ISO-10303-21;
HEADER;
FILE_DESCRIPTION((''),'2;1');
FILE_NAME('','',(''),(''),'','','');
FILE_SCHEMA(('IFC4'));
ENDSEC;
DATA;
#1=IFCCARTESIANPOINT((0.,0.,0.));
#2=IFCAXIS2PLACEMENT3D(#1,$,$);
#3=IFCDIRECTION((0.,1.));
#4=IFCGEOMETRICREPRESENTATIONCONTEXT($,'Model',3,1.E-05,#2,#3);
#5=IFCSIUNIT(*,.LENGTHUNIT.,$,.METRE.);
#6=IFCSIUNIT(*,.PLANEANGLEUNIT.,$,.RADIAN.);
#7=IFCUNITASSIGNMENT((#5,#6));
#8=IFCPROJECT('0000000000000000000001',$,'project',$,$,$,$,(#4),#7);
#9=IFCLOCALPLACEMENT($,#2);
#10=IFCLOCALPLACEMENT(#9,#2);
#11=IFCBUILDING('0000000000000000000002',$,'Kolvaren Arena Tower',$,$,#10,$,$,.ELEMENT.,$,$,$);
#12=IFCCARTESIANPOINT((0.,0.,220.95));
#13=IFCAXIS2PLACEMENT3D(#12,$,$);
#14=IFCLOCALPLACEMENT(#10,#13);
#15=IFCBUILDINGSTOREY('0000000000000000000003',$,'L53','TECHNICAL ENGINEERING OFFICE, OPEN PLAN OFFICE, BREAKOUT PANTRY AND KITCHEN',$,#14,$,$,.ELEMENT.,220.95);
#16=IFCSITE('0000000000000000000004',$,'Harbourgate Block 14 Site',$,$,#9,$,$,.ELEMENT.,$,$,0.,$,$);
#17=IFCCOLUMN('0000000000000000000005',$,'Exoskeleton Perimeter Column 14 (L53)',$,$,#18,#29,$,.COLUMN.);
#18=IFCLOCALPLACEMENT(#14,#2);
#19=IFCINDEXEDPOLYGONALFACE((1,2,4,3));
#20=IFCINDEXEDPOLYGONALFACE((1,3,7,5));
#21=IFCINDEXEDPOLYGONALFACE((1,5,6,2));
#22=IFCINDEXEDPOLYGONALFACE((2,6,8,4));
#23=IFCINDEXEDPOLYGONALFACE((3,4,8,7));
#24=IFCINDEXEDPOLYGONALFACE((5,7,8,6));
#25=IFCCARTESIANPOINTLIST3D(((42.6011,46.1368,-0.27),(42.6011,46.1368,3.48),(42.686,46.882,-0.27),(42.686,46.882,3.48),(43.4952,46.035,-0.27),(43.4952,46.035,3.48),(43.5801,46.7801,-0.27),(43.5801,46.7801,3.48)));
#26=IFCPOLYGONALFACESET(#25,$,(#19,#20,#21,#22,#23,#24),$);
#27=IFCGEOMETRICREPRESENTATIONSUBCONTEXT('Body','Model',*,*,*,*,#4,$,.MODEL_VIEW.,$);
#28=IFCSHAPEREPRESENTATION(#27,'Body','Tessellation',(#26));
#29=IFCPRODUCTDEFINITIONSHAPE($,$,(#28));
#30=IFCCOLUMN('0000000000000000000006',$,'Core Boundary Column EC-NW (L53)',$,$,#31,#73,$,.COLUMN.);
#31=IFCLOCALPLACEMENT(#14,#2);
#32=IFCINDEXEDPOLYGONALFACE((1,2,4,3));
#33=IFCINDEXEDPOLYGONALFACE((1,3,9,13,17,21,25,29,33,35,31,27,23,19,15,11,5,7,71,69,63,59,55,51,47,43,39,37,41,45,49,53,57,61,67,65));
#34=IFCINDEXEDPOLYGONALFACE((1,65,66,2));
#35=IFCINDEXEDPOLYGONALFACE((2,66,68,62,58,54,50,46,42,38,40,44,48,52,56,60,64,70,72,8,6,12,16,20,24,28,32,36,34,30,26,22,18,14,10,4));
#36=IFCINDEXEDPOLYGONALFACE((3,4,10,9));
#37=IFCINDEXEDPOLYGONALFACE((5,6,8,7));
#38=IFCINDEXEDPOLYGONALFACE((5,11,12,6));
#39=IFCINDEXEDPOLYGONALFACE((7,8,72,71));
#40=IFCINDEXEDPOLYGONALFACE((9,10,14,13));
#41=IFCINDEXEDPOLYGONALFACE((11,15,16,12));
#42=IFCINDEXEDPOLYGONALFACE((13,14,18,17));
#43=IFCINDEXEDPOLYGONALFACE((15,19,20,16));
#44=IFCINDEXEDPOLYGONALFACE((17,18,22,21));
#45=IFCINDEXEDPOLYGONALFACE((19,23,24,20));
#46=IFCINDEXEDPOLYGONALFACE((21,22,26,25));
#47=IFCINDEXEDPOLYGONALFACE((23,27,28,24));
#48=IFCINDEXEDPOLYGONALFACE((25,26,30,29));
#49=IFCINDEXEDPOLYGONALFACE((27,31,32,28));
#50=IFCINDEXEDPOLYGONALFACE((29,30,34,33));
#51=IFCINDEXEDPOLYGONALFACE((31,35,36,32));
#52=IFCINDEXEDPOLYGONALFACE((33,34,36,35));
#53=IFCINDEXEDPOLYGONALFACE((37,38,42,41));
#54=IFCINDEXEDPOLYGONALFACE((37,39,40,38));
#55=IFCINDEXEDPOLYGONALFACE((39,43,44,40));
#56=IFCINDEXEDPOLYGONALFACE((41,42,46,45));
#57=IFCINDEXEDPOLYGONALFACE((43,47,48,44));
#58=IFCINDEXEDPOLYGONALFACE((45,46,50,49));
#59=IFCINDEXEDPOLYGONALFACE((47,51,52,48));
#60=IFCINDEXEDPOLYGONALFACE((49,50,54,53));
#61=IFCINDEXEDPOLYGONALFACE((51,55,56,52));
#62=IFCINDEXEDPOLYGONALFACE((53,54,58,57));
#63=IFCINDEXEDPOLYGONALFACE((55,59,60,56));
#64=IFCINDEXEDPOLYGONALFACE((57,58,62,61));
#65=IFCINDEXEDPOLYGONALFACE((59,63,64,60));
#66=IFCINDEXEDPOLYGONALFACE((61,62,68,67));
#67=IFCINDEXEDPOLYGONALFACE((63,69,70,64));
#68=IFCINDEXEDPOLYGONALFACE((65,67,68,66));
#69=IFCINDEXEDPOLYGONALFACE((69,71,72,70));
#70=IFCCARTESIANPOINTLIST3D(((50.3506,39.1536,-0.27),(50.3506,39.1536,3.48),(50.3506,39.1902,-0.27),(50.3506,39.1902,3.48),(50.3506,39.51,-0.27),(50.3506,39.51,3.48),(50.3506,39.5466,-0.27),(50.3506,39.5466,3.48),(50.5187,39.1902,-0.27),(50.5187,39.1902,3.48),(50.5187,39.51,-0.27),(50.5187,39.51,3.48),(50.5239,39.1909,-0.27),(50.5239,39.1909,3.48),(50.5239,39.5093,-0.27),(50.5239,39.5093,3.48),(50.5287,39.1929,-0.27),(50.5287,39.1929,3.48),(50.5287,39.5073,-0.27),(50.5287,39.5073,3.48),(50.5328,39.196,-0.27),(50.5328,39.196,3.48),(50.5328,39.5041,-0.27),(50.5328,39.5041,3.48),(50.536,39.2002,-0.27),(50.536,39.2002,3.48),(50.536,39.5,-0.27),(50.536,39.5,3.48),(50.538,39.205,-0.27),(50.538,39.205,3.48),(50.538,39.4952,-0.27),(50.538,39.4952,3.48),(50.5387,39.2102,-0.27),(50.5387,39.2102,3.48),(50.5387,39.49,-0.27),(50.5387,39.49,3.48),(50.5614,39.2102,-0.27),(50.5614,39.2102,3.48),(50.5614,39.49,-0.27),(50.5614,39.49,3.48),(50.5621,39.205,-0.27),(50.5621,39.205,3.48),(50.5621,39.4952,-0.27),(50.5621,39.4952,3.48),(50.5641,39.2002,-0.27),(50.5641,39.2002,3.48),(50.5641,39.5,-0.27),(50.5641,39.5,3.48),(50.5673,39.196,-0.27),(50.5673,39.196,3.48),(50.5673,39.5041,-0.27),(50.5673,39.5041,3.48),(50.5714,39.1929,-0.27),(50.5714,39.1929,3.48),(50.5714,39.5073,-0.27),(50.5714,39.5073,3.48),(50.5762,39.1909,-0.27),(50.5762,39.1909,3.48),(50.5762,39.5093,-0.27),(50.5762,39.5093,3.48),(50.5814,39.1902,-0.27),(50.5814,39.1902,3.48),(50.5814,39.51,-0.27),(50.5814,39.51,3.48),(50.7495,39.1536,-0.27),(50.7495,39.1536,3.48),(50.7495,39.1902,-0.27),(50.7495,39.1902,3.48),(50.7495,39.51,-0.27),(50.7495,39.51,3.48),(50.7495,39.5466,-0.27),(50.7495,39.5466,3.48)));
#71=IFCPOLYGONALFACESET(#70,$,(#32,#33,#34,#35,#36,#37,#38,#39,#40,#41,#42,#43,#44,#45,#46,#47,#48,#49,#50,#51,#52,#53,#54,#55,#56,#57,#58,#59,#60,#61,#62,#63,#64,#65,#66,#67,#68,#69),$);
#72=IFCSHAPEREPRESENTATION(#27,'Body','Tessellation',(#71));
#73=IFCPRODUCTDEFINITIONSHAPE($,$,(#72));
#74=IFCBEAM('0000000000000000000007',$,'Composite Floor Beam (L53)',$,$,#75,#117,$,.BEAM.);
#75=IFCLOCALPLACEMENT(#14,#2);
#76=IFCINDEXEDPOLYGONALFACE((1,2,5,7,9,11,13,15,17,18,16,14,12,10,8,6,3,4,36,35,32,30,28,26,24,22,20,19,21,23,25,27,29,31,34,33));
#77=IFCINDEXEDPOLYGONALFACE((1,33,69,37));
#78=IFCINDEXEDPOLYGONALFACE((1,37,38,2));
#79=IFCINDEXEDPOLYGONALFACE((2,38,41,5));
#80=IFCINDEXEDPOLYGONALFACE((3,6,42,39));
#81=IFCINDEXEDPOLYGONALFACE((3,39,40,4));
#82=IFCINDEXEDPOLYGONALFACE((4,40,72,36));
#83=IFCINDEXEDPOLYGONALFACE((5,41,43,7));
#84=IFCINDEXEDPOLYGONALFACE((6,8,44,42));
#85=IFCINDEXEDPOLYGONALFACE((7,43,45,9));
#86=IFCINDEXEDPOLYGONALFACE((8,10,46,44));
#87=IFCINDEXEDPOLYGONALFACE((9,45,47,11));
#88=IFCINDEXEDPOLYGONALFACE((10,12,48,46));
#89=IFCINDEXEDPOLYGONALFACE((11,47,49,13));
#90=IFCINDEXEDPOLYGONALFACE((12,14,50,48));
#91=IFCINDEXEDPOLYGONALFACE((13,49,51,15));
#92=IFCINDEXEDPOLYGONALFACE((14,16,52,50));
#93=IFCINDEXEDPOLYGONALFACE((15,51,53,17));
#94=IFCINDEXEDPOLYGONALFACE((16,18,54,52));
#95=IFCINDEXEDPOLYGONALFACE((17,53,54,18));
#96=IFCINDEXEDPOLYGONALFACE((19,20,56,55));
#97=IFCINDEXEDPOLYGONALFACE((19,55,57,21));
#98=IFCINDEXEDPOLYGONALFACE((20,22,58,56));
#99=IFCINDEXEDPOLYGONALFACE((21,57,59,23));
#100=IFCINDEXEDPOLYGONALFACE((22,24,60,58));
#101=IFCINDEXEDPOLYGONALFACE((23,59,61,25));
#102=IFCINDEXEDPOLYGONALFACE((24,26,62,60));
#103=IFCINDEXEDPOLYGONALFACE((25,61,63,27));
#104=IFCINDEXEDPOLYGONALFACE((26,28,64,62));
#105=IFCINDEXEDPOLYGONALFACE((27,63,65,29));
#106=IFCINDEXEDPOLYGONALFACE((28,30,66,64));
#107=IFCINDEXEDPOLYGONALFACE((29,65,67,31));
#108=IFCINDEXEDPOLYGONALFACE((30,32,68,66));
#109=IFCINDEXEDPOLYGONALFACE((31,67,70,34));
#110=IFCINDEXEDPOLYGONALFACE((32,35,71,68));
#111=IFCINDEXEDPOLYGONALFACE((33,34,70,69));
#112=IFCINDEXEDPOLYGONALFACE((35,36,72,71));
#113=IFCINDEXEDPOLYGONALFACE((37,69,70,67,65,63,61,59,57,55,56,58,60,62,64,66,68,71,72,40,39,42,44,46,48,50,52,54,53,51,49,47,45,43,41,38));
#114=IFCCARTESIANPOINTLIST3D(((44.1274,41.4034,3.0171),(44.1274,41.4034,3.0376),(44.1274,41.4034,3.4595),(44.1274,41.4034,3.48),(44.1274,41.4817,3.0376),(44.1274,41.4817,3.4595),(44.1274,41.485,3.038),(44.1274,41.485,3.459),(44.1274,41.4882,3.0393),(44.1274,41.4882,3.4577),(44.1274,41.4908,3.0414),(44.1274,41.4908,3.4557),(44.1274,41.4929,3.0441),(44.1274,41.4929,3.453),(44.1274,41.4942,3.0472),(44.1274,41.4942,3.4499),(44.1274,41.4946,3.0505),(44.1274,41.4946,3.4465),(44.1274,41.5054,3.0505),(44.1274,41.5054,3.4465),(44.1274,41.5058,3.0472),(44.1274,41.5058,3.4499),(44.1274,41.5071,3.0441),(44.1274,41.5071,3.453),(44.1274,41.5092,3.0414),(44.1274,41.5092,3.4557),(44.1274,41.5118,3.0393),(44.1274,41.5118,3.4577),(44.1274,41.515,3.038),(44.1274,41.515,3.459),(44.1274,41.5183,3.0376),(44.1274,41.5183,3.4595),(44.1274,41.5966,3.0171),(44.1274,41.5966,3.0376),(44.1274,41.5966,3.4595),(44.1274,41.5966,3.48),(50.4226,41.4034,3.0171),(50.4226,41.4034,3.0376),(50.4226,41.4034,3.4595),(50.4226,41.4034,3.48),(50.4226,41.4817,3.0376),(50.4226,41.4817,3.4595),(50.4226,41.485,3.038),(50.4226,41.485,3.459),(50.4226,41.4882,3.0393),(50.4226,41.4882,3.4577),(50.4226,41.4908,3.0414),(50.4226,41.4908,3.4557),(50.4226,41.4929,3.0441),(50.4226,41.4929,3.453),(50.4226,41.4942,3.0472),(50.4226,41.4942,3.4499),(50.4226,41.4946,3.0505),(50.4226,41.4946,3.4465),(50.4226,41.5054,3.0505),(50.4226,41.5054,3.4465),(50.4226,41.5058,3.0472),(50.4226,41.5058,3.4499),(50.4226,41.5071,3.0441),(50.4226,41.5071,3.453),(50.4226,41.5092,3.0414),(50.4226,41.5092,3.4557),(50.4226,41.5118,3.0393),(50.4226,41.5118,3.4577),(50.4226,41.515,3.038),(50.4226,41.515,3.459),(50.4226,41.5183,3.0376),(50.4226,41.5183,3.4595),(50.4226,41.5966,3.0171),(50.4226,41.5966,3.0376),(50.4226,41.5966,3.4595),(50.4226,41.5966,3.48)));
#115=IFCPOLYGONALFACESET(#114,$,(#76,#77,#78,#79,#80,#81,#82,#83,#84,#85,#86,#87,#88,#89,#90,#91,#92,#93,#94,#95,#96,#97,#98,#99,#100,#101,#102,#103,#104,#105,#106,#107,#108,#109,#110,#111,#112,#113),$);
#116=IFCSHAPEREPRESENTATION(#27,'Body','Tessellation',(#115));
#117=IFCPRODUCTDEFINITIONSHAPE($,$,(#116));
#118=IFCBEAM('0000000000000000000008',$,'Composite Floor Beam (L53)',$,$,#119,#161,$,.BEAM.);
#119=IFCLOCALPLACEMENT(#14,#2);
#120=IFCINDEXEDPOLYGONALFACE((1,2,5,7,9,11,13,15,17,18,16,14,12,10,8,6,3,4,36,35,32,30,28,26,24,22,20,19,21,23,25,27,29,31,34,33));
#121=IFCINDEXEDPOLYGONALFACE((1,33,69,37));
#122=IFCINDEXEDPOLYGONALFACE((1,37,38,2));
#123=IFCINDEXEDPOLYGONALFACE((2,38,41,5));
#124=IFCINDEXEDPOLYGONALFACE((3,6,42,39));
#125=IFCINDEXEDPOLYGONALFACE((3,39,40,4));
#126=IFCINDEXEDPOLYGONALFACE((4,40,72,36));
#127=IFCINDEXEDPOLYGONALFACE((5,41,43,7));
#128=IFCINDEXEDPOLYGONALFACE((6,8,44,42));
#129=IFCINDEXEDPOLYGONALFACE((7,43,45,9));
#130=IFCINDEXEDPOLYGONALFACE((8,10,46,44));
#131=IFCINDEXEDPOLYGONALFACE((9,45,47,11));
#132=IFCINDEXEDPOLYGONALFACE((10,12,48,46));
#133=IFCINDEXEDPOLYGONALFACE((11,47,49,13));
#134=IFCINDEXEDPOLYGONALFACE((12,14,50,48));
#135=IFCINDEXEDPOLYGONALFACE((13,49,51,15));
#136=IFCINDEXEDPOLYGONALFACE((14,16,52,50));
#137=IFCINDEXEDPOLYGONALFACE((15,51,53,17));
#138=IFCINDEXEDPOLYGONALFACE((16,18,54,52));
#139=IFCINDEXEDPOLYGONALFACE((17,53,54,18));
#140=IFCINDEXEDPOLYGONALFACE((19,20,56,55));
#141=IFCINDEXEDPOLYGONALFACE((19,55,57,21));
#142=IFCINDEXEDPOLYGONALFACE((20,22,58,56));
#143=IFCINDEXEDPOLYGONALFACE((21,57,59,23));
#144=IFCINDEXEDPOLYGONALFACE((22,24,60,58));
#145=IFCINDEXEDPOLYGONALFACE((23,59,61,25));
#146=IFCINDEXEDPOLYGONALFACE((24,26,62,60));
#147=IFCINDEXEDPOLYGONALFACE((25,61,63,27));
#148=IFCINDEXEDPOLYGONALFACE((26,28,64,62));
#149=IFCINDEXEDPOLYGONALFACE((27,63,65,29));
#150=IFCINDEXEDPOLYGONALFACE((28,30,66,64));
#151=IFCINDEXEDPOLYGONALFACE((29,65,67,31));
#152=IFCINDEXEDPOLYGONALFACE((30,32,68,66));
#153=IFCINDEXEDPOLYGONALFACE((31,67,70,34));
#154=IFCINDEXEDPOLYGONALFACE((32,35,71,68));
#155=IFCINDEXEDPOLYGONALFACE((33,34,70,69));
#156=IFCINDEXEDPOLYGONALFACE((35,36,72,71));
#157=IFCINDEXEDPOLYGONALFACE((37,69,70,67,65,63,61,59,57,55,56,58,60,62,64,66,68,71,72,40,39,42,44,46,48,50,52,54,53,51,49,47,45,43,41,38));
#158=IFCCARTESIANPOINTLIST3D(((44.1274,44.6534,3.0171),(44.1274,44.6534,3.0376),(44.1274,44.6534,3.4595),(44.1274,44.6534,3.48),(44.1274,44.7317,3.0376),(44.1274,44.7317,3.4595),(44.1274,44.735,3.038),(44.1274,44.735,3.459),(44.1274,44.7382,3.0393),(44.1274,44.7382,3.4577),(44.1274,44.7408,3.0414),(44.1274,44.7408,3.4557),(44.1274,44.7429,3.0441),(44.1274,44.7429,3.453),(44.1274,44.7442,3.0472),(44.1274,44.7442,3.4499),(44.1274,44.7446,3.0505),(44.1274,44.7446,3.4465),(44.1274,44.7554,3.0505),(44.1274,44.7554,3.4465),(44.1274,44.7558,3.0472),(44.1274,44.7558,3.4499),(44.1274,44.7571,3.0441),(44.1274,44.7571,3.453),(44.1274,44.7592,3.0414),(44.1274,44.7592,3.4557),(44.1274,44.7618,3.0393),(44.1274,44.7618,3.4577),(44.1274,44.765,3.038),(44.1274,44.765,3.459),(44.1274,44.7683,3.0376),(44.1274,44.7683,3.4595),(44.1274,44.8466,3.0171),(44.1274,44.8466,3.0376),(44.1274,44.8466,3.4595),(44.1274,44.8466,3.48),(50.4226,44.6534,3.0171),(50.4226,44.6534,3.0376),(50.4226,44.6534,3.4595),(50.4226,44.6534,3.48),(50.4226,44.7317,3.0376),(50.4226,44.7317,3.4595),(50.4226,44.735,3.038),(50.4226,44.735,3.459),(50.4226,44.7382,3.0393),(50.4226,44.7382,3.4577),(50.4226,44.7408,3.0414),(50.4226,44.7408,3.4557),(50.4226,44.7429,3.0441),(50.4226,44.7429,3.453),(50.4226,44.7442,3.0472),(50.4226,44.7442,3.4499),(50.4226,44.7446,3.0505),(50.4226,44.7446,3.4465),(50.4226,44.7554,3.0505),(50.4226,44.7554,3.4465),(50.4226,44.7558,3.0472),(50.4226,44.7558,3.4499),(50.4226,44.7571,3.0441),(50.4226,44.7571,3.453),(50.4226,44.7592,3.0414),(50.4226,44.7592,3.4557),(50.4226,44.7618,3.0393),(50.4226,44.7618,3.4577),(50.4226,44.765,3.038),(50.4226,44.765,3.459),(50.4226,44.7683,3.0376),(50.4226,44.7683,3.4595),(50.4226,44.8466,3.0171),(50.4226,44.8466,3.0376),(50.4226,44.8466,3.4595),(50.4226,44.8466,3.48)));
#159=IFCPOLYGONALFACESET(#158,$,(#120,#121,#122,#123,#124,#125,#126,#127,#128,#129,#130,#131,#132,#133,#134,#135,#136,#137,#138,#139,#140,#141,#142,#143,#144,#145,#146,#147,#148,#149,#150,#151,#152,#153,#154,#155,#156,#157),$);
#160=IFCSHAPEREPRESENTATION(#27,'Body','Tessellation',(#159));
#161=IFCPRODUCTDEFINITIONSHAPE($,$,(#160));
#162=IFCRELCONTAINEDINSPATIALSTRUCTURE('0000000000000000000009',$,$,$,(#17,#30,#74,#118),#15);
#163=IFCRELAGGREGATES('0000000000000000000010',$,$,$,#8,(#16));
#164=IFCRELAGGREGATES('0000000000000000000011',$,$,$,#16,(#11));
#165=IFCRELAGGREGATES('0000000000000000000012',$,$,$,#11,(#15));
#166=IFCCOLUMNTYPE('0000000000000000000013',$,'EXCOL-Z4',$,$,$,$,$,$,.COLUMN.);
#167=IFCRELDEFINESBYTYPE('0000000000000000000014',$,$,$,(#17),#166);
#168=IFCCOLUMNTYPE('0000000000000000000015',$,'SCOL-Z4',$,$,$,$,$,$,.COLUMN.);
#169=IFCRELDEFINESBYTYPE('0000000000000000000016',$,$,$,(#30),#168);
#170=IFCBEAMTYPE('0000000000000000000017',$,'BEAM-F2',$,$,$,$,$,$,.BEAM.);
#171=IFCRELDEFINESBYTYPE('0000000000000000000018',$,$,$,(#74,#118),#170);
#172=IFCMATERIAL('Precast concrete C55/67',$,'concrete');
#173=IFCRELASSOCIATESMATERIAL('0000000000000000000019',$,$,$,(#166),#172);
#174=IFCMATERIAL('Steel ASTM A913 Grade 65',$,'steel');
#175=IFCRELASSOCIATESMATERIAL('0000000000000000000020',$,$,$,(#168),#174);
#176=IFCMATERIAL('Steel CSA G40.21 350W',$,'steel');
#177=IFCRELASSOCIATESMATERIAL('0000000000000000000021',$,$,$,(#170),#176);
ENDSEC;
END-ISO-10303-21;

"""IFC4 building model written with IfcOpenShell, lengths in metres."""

from ifc_helpers import new_model, si_unit, direction, frame, origin, origin_2d, place, context, subcontext, project, spatial, rectangle, i_section, extrude, material, material_profile, profile_set, type_object, element, save


model = new_model("IFC4")

# Units and contexts
model_context = context("Model", 3, precision=1e-05, world=origin(), true_north=direction((0.0, 1.0)))
body_context = subcontext(model_context, "Body", "Model", "MODEL_VIEW")
ifc_project = project(units=[si_unit("LENGTHUNIT", "METRE"), si_unit("PLANEANGLEUNIT", "RADIAN")], contexts=[model_context])

# Site, building, storey
site_placement = place(None, origin())
site = spatial("IfcSite", under=ifc_project, at=site_placement, Name="Harbourgate Block 14 Site", CompositionType="ELEMENT", RefElevation=0.0)
building_placement = place(site_placement, origin())
building = spatial("IfcBuilding", under=site, at=building_placement, Name="Kolvaren Arena Tower", CompositionType="ELEMENT")
storey_placement = place(building_placement, frame((0.0, 0.0, 220.95)))
storey = spatial("IfcBuildingStorey", under=building, at=storey_placement, Name="L53", Description="TECHNICAL ENGINEERING OFFICE, OPEN PLAN OFFICE, BREAKOUT PANTRY AND KITCHEN", CompositionType="ELEMENT", Elevation=220.95)

# Columns
ifc_material_1 = material(Name="Precast concrete C55/67", Category="concrete")
ifc_material_profile_1 = material_profile(ifc_material_1, rectangle(XDim=0.8999, YDim=0.75, at=origin_2d()), Name="RC-900x750")
ifc_profile_set_1 = profile_set([ifc_material_profile_1], Name="Precast concrete C55/67")
column_type_1 = type_object("IfcColumnType", Name="EXCOL-Z4", PredefinedType="COLUMN", material=ifc_profile_set_1)
column_1_placement = place(storey_placement, frame((43.0906, 46.4585, -0.27), z_axis=(0.0, 0.0, 1.0), x_axis=(0.993572, -0.113203, 0.0)))
element("IfcColumn", 1, at=column_1_placement, inside=storey, type_object=column_type_1, Name="Exoskeleton Perimeter Column 14 (L53)", PredefinedType="COLUMN", context=body_context, shape_type="SweptSolid", body=[
    extrude(rectangle(XDim=0.8999, YDim=0.75, at=origin_2d()), origin(), (0.0, 0.0, 1.0), 3.75),
])
ifc_material_2 = material(Name="Steel ASTM A913 Grade 65", Category="steel")
ifc_material_profile_2 = material_profile(ifc_material_2, i_section(OverallWidth=0.3989, OverallDepth=0.3931, WebThickness=0.0227, FlangeThickness=0.0366, FilletRadius=0.02, at=origin_2d()), Name="W360x287")
ifc_profile_set_2 = profile_set([ifc_material_profile_2], Name="Steel ASTM A913 Grade 65")
column_type_2 = type_object("IfcColumnType", Name="SCOL-Z4", PredefinedType="COLUMN", material=ifc_profile_set_2)
column_2_placement = place(storey_placement, frame((50.55, 39.3501, -0.27), z_axis=(0.0, 0.0, 1.0), x_axis=(1.0, 0.0, 0.0)))
element("IfcColumn", 2, at=column_2_placement, inside=storey, type_object=column_type_2, Name="Core Boundary Column EC-NW (L53)", PredefinedType="COLUMN", context=body_context, shape_type="SweptSolid", body=[
    extrude(i_section(OverallWidth=0.3989, OverallDepth=0.3931, WebThickness=0.0227, FlangeThickness=0.0366, FilletRadius=0.02, at=origin_2d()), origin(), (0.0, 0.0, 1.0), 3.75),
])

# Beams
ifc_material_3 = material(Name="Steel CSA G40.21 350W", Category="steel")
ifc_material_profile_3 = material_profile(ifc_material_3, i_section(OverallWidth=0.1931, OverallDepth=0.4629, WebThickness=0.0107, FlangeThickness=0.0205, FilletRadius=0.0129, at=origin_2d()), Name="W460x113")
ifc_profile_set_3 = profile_set([ifc_material_profile_3], Name="Steel CSA G40.21 350W")
beam_type_1 = type_object("IfcBeamType", Name="BEAM-F2", PredefinedType="BEAM", material=ifc_profile_set_3)
for number, where, z_axis, x_axis, name in (
    (3, (44.1274, 41.5, 3.2485), (1.0, 0.0, 0.0), (0.0, 1.0, 0.0), "Composite Floor Beam (L53)"),
    (4, (44.1274, 44.75, 3.2485), (1.0, 0.0, 0.0), (0.0, 1.0, 0.0), "Composite Floor Beam (L53)"),
):
    element("IfcBeam", number, at=place(storey_placement, frame(where, z_axis=z_axis, x_axis=x_axis)), inside=storey, type_object=beam_type_1, Name=name, PredefinedType="BEAM", context=body_context, shape_type="SweptSolid", body=[
        extrude(i_section(OverallWidth=0.1931, OverallDepth=0.4629, WebThickness=0.0107, FlangeThickness=0.0205, FilletRadius=0.0129, at=origin_2d()), origin(), (0.0, 0.0, 1.0), 6.2952),
    ])

save(model, "model.ifc")
